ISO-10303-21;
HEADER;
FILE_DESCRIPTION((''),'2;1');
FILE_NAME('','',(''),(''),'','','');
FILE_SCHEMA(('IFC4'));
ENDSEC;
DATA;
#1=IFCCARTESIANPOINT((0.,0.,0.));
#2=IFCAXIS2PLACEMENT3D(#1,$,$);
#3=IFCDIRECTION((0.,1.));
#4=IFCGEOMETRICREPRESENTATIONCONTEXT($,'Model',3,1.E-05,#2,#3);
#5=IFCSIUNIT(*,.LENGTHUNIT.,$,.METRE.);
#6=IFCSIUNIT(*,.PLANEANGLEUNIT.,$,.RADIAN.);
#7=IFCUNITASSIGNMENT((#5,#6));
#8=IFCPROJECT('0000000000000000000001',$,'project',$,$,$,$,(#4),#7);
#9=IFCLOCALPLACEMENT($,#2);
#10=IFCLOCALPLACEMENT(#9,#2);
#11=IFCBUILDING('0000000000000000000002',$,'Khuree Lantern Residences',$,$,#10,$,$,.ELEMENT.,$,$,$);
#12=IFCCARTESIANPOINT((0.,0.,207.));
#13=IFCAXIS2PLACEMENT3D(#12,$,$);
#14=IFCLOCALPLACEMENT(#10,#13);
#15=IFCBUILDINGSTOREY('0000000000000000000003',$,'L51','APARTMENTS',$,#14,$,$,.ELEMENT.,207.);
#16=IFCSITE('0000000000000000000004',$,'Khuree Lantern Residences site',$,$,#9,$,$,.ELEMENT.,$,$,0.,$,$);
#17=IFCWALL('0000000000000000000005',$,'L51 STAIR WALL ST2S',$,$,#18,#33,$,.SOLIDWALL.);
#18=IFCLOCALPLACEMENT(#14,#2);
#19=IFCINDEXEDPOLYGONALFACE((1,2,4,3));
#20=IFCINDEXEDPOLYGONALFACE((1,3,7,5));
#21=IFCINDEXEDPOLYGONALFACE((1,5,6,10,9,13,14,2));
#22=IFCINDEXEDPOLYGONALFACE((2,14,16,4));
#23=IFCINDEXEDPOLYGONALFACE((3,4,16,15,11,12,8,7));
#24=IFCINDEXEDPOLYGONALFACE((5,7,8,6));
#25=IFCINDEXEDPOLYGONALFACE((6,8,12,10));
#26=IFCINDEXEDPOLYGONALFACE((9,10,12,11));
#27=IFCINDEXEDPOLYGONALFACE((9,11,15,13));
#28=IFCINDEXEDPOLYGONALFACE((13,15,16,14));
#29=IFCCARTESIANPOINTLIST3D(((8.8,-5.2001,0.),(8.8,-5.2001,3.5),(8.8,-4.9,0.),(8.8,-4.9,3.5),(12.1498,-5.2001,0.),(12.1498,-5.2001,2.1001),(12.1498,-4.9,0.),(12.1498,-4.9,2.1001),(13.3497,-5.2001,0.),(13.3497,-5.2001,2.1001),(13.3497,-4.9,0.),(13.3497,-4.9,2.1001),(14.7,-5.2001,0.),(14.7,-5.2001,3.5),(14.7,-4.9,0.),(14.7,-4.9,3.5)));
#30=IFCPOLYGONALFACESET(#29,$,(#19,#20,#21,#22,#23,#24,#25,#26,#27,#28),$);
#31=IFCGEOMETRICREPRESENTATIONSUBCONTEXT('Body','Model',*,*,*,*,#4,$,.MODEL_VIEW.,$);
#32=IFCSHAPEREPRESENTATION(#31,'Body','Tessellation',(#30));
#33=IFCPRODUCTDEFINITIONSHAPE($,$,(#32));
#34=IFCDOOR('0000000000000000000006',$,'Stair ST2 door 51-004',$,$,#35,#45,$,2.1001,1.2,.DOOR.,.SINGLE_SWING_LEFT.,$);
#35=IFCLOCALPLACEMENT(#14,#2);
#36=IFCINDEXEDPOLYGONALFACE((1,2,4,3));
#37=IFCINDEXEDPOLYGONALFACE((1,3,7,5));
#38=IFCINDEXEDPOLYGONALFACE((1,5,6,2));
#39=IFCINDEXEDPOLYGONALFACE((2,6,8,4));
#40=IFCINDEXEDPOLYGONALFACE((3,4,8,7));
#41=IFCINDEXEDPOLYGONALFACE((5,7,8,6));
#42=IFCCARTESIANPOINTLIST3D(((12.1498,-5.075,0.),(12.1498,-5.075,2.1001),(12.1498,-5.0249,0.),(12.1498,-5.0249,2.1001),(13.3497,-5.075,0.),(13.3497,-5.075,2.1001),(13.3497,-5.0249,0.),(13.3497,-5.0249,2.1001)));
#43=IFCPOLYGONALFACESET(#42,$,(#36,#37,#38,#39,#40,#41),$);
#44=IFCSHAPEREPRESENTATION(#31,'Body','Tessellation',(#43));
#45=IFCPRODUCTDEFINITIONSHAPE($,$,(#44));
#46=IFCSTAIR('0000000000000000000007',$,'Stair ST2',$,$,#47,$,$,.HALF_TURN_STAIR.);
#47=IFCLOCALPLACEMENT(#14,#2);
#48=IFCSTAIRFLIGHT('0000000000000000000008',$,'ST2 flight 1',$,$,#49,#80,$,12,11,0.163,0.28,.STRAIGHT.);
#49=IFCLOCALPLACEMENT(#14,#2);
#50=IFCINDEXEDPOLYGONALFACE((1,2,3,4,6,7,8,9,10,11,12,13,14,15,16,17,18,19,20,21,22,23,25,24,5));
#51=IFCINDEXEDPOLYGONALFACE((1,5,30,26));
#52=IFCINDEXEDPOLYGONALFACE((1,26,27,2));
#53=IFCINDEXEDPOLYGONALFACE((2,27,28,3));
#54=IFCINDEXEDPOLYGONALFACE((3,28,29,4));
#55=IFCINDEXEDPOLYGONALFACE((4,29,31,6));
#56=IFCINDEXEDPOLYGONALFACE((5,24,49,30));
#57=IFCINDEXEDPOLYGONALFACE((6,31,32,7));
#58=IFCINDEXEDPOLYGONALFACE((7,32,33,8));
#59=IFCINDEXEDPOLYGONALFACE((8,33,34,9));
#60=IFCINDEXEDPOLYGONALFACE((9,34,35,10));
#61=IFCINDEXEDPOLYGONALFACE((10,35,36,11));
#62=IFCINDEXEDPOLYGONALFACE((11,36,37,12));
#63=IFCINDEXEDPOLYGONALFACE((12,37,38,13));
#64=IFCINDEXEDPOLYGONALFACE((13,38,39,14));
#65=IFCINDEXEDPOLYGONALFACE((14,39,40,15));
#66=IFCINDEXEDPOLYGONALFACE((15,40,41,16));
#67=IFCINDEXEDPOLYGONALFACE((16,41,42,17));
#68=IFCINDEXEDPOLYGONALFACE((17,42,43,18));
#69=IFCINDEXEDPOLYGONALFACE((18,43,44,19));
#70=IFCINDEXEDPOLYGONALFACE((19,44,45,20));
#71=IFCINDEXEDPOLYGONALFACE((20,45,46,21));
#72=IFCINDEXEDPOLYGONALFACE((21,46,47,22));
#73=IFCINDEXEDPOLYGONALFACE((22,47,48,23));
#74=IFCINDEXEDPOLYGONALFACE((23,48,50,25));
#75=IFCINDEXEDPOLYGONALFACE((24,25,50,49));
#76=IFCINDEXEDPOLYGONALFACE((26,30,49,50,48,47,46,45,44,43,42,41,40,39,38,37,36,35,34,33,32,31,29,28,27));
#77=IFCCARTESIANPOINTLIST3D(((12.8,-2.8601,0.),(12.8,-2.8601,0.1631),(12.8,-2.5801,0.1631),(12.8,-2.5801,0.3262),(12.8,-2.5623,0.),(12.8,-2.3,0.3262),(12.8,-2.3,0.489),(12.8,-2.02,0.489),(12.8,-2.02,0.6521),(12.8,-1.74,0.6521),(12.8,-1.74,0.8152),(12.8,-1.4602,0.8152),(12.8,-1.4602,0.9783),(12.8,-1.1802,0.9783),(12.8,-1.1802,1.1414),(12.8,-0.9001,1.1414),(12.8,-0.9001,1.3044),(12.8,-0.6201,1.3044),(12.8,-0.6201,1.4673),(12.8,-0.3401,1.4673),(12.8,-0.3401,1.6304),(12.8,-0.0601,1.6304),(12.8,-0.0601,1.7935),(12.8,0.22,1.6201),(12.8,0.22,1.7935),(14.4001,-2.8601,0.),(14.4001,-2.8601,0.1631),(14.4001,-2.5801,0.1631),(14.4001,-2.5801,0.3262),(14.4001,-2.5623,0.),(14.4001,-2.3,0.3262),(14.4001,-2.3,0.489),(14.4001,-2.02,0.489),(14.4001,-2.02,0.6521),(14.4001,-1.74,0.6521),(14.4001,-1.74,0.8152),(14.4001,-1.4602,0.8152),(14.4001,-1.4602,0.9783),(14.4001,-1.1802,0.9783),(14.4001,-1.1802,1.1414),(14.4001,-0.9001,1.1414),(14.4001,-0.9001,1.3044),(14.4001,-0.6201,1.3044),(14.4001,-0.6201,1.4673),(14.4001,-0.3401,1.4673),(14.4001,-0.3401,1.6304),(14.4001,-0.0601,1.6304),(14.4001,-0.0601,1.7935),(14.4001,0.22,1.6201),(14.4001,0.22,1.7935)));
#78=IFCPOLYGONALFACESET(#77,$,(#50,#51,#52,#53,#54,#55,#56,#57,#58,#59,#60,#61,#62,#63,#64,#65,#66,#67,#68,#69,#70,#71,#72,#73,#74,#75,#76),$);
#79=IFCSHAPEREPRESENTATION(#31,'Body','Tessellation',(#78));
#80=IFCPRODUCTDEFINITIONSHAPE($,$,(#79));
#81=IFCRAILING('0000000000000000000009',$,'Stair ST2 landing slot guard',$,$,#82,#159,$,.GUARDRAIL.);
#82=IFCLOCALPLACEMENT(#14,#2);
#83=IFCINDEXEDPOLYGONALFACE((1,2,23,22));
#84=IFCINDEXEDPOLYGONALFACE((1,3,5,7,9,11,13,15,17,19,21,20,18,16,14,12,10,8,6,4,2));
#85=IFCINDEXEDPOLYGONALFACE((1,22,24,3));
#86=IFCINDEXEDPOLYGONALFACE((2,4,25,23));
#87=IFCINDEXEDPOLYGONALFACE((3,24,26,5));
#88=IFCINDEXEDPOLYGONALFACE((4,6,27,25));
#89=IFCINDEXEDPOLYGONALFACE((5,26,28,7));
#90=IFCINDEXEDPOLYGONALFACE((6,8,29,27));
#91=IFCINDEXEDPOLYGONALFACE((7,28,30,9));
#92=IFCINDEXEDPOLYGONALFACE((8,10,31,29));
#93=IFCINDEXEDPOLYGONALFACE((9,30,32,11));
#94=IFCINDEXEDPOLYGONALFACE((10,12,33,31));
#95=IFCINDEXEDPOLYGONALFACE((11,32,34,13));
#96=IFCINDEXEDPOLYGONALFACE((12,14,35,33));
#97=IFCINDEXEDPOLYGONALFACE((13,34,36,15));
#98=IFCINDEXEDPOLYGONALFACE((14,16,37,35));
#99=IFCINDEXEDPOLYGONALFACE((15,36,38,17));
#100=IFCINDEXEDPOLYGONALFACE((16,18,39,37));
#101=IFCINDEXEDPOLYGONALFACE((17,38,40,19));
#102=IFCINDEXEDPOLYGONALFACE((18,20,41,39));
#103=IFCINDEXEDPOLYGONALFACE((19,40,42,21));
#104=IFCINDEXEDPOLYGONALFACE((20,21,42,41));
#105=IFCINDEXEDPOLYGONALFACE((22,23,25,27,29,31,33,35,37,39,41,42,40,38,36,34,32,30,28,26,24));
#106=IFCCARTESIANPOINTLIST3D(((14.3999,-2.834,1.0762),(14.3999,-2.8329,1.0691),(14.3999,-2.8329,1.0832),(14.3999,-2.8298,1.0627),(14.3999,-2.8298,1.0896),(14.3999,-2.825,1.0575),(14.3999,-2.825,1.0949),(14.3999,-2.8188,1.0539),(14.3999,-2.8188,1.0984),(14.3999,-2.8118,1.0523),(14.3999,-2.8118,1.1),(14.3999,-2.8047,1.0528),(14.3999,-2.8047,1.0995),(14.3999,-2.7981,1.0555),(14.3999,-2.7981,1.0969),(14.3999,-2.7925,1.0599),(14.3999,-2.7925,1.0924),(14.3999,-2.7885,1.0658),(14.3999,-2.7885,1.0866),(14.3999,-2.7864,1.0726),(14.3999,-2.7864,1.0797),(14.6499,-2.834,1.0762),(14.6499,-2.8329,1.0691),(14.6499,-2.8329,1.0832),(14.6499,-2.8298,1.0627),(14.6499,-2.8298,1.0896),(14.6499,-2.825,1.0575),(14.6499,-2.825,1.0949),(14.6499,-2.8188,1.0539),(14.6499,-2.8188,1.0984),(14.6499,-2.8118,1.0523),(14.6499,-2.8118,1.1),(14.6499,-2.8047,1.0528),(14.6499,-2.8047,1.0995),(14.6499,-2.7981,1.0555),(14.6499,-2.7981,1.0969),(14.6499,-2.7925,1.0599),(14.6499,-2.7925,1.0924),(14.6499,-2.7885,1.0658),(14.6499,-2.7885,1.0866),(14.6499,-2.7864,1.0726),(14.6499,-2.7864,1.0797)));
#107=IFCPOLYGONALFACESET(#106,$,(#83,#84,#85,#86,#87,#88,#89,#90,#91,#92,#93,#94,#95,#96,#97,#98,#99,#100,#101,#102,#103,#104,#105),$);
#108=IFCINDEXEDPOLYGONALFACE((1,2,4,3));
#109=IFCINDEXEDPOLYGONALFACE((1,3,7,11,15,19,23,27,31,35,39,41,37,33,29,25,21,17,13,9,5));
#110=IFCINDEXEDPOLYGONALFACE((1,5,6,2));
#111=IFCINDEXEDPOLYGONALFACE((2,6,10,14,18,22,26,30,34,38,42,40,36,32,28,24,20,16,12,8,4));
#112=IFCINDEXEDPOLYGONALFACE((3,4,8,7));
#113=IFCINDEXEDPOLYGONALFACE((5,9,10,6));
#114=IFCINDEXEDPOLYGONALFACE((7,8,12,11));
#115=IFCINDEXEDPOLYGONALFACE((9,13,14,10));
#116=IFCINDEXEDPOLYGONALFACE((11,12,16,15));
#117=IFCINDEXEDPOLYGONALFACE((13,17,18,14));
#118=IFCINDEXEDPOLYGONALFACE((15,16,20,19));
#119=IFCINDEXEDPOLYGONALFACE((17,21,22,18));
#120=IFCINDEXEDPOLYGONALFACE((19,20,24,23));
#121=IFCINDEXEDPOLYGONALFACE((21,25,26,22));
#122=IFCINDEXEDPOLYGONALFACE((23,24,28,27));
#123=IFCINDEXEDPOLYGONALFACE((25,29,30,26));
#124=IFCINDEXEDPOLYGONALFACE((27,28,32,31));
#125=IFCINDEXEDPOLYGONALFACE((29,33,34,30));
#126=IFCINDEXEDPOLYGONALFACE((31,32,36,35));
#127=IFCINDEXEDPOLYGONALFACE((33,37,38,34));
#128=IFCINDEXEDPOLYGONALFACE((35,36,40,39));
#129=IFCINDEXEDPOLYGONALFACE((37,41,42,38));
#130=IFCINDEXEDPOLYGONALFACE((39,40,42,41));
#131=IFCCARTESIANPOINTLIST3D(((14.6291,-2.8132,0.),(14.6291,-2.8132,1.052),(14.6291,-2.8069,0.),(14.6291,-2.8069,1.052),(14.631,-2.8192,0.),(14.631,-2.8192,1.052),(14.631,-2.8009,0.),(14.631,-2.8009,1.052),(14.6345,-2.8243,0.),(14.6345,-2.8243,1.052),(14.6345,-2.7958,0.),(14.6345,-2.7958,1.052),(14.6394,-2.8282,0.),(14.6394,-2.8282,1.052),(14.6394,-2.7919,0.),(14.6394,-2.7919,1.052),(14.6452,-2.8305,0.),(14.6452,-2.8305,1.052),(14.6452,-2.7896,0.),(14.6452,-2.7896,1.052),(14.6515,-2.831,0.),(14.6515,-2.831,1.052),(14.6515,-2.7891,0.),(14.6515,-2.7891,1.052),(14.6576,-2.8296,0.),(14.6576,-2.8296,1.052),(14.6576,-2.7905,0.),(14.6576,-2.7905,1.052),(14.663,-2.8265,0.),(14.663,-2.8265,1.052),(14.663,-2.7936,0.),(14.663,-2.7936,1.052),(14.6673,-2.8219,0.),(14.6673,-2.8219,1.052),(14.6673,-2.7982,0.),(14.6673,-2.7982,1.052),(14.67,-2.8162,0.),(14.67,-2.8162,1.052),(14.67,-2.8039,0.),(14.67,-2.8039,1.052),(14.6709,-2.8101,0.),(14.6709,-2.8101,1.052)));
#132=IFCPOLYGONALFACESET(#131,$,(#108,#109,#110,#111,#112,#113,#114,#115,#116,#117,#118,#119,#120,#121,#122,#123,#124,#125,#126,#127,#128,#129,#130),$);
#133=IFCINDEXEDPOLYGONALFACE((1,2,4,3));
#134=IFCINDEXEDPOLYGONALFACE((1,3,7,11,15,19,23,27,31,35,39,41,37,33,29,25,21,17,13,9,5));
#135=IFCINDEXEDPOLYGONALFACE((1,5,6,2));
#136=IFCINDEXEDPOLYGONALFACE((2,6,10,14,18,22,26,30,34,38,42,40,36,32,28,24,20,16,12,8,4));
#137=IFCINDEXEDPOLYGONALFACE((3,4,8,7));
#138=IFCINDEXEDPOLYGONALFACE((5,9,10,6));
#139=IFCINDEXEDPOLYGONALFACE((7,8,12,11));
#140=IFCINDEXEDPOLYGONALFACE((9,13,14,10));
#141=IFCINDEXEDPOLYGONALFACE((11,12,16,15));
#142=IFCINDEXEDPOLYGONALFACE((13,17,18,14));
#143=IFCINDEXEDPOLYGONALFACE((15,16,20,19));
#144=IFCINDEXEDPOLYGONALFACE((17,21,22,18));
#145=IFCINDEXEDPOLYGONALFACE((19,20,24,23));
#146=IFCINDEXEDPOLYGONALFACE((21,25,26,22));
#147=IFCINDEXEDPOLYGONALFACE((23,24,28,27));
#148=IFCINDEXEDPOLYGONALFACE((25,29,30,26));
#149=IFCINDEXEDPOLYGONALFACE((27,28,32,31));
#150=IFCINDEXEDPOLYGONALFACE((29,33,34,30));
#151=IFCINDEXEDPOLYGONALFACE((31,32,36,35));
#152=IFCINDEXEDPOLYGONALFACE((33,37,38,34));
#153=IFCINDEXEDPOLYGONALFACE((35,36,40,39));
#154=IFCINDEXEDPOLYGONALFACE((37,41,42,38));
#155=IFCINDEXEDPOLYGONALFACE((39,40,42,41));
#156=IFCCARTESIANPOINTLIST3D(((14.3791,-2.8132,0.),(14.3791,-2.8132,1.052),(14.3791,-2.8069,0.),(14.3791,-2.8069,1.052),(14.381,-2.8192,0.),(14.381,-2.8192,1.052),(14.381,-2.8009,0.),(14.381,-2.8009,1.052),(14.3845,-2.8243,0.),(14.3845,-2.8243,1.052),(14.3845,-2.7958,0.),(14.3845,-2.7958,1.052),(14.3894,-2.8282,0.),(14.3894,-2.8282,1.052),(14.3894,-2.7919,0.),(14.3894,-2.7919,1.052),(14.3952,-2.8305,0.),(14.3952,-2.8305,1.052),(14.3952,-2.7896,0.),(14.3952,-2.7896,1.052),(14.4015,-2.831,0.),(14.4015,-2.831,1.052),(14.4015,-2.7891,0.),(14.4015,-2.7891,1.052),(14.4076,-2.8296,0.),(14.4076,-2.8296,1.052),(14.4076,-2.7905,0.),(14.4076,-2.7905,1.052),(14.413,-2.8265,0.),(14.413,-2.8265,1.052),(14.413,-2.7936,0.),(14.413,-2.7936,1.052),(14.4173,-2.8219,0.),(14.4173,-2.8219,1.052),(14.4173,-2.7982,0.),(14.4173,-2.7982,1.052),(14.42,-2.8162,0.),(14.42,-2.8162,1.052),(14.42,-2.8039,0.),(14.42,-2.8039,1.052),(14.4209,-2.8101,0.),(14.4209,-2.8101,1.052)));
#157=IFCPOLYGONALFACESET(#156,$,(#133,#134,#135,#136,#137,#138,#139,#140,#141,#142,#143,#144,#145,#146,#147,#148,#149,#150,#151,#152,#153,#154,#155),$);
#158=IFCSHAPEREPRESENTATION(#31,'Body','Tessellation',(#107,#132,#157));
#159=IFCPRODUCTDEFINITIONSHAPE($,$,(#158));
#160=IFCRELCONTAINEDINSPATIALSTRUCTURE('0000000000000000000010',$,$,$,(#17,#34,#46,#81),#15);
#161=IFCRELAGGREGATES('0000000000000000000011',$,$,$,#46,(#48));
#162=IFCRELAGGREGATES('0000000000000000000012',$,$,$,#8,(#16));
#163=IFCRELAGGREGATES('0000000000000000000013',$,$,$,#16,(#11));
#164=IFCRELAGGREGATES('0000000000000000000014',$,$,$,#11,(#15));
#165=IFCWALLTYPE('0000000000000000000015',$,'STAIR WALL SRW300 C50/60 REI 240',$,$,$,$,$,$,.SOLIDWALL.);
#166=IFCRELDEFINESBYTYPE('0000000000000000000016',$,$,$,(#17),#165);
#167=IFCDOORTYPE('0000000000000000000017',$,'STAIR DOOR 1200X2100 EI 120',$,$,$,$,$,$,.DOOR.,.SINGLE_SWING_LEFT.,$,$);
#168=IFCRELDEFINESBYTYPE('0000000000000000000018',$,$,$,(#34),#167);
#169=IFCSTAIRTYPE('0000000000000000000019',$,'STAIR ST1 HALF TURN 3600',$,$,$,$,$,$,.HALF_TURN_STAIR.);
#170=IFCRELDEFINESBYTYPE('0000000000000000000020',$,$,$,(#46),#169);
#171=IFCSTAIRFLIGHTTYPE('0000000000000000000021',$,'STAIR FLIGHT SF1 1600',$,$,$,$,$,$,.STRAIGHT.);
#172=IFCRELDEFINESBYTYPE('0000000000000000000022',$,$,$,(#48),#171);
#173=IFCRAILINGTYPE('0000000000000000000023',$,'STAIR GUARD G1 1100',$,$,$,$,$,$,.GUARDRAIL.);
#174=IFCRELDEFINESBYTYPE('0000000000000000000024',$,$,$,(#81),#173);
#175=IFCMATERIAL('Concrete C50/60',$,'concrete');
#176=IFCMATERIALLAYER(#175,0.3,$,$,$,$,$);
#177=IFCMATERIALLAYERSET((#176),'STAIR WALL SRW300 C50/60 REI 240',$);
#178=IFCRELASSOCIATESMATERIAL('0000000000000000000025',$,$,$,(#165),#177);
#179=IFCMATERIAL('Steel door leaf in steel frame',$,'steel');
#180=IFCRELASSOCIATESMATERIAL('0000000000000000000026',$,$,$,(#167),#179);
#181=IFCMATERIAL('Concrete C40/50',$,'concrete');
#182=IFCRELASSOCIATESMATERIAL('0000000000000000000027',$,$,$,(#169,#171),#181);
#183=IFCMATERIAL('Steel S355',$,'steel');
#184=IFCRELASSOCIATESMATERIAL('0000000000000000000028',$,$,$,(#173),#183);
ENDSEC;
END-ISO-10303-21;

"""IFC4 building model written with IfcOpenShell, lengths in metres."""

from ifc_helpers import new_model, si_unit, direction, frame, frame_2d, origin, origin_2d, place, context, subcontext, project, spatial, polyline, rectangle, circle, outline, extrude, material, layer, layer_set, type_object, element, fill, aggregate, save


model = new_model("IFC4")

# Units and contexts
model_context = context("Model", 3, precision=1e-05, world=origin(), true_north=direction((0.0, 1.0)))
body_context = subcontext(model_context, "Body", "Model", "MODEL_VIEW")
ifc_project = project(units=[si_unit("LENGTHUNIT", "METRE"), si_unit("PLANEANGLEUNIT", "RADIAN")], contexts=[model_context])

# Site, building, storey
site_placement = place(None, origin())
site = spatial("IfcSite", under=ifc_project, at=site_placement, Name="Khuree Lantern Residences site", CompositionType="ELEMENT", RefElevation=0.0)
building_placement = place(site_placement, origin())
building = spatial("IfcBuilding", under=site, at=building_placement, Name="Khuree Lantern Residences", CompositionType="ELEMENT")
storey_placement = place(building_placement, frame((0.0, 0.0, 207.0)))
storey = spatial("IfcBuildingStorey", under=building, at=storey_placement, Name="L51", Description="APARTMENTS", CompositionType="ELEMENT", Elevation=207.0)

# Shared definitions
ifc_material_1 = material(Name="Concrete C50/60", Category="concrete")

# Shared definitions
ifc_material_2 = material(Name="Steel door leaf in steel frame", Category="steel")

# Shared definitions
ifc_layer_1 = layer(ifc_material_1, 0.3)
ifc_layer_set_1 = layer_set([ifc_layer_1], Name="STAIR WALL SRW300 C50/60 REI 240")
wall_type_1 = type_object("IfcWallType", Name="STAIR WALL SRW300 C50/60 REI 240", PredefinedType="SOLIDWALL", material=ifc_layer_set_1)

# Wall, opening, door
wall_1_placement = place(storey_placement, frame((14.7, -5.05, 0.0), z_axis=(0.0, 0.0, 1.0), x_axis=(-1.0, 0.0, 0.0)))
wall_1 = element("IfcWall", 1, at=wall_1_placement, inside=storey, type_object=wall_type_1, Name="L51 STAIR WALL ST2S", PredefinedType="SOLIDWALL", context=body_context, shape_type="SweptSolid", body=[
    extrude(rectangle(XDim=5.8999, YDim=0.3, at=frame_2d((2.95, 0.0))), origin(), (0.0, 0.0, 1.0), 3.5),
])
opening_1_placement = place(wall_1_placement, frame((1.3501, 0.0, 0.0)))
opening_1 = element("IfcOpeningElement", 2, at=opening_1_placement, cuts=wall_1, PredefinedType="OPENING", context=body_context, shape_type="SweptSolid", body=[
    extrude(rectangle(XDim=1.2, YDim=2.1001, at=frame_2d((0.6001, 1.05))), frame((0.0, 0.1602, 0.0), z_axis=(0.0, -1.0, 0.0), x_axis=(1.0, 0.0, 0.0)), (0.0, 0.0, 1.0), 0.3201),
])
door_type_1 = type_object("IfcDoorType", Name="STAIR DOOR 1200X2100 EI 120", OperationType="SINGLE_SWING_LEFT", PredefinedType="DOOR", material=ifc_material_2)
door_1_placement = place(opening_1_placement, origin())
door_1 = element("IfcDoor", 3, at=door_1_placement, inside=storey, type_object=door_type_1, Name="Stair ST2 door 51-004", OperationType="SINGLE_SWING_LEFT", OverallHeight=2.1001, OverallWidth=1.2, PredefinedType="DOOR", context=body_context, shape_type="SweptSolid", body=[
    extrude(rectangle(XDim=1.2, YDim=2.1001, at=frame_2d((0.6001, 1.05))), frame((0.0, 0.0249, 0.0), z_axis=(0.0, -1.0, 0.0), x_axis=(1.0, 0.0, 0.0)), (0.0, 0.0, 1.0), 0.05),
])
fill(opening_1, door_1)

# Stair, stair flight
ifc_material_3 = material(Name="Concrete C40/50", Category="concrete")
stair_type = type_object("IfcStairType", Name="STAIR ST1 HALF TURN 3600", PredefinedType="HALF_TURN_STAIR", material=ifc_material_3)
stair_placement = place(storey_placement, origin())
stair = element("IfcStair", 4, at=stair_placement, inside=storey, type_object=stair_type, Name="Stair ST2", PredefinedType="HALF_TURN_STAIR")
stair_flight_type = type_object("IfcStairFlightType", Name="STAIR FLIGHT SF1 1600", PredefinedType="STRAIGHT", material=ifc_material_3)
stair_flight_placement = place(storey_placement, frame((13.6001, -2.8601, 0.0), z_axis=(0.0, 0.0, 1.0), x_axis=(0.0, 1.0, 0.0)))
stair_flight = element("IfcStairFlight", 5, at=stair_flight_placement, type_object=stair_flight_type, Name="ST2 flight 1", NumberOfRisers=12, NumberOfTreads=11, PredefinedType="STRAIGHT", RiserHeight=0.163, TreadLength=0.28, context=body_context, shape_type="SweptSolid", body=[
    extrude(outline(polyline([(0.0, 0.0), (0.0, 0.1631), (0.28, 0.1631), (0.28, 0.3262), (0.5601, 0.3262), (0.5601, 0.489), (0.8401, 0.489), (0.8401, 0.6521), (1.1201, 0.6521), (1.1201, 0.8152), (1.3999, 0.8152), (1.3999, 0.9783), (1.6799, 0.9783), (1.6799, 1.1414), (1.96, 1.1414), (1.96, 1.3044), (2.24, 1.3044), (2.24, 1.4673), (2.52, 1.4673), (2.52, 1.6304), (2.8, 1.6304), (2.8, 1.7935), (3.0801, 1.7935), (3.0801, 1.9565), (3.0801, 1.6201), (0.2979, 0.0), (0.0, 0.0)])), frame((0.0, 0.8, 0.0), z_axis=(0.0, -1.0, 0.0), x_axis=(1.0, 0.0, 0.0)), (0.0, 0.0, 1.0), 1.6001),
])
aggregate(stair, [stair_flight])

# Railing
ifc_material_4 = material(Name="Steel S355", Category="steel")
railing_type_1 = type_object("IfcRailingType", Name="STAIR GUARD G1 1100", PredefinedType="GUARDRAIL", material=ifc_material_4)
railing_1_placement = place(storey_placement, frame((14.6499, -2.8101, 0.0)))
element("IfcRailing", 6, at=railing_1_placement, inside=storey, type_object=railing_type_1, Name="Stair ST2 landing slot guard", PredefinedType="GUARDRAIL", context=body_context, shape_type="SweptSolid", body=[
    extrude(circle(Radius=0.0239, at=origin_2d()), frame((0.0, 0.0, 1.0762), z_axis=(-1.0, 0.0, 0.0), x_axis=(0.0, -1.0, 0.0)), (0.0, 0.0, 1.0), 0.25),
    extrude(circle(Radius=0.021, at=origin_2d()), origin(), (0.0, 0.0, 1.0), 1.052),
    extrude(circle(Radius=0.021, at=origin_2d()), frame((-0.25, 0.0, 0.0)), (0.0, 0.0, 1.0), 1.052),
])

save(model, "model.ifc")
